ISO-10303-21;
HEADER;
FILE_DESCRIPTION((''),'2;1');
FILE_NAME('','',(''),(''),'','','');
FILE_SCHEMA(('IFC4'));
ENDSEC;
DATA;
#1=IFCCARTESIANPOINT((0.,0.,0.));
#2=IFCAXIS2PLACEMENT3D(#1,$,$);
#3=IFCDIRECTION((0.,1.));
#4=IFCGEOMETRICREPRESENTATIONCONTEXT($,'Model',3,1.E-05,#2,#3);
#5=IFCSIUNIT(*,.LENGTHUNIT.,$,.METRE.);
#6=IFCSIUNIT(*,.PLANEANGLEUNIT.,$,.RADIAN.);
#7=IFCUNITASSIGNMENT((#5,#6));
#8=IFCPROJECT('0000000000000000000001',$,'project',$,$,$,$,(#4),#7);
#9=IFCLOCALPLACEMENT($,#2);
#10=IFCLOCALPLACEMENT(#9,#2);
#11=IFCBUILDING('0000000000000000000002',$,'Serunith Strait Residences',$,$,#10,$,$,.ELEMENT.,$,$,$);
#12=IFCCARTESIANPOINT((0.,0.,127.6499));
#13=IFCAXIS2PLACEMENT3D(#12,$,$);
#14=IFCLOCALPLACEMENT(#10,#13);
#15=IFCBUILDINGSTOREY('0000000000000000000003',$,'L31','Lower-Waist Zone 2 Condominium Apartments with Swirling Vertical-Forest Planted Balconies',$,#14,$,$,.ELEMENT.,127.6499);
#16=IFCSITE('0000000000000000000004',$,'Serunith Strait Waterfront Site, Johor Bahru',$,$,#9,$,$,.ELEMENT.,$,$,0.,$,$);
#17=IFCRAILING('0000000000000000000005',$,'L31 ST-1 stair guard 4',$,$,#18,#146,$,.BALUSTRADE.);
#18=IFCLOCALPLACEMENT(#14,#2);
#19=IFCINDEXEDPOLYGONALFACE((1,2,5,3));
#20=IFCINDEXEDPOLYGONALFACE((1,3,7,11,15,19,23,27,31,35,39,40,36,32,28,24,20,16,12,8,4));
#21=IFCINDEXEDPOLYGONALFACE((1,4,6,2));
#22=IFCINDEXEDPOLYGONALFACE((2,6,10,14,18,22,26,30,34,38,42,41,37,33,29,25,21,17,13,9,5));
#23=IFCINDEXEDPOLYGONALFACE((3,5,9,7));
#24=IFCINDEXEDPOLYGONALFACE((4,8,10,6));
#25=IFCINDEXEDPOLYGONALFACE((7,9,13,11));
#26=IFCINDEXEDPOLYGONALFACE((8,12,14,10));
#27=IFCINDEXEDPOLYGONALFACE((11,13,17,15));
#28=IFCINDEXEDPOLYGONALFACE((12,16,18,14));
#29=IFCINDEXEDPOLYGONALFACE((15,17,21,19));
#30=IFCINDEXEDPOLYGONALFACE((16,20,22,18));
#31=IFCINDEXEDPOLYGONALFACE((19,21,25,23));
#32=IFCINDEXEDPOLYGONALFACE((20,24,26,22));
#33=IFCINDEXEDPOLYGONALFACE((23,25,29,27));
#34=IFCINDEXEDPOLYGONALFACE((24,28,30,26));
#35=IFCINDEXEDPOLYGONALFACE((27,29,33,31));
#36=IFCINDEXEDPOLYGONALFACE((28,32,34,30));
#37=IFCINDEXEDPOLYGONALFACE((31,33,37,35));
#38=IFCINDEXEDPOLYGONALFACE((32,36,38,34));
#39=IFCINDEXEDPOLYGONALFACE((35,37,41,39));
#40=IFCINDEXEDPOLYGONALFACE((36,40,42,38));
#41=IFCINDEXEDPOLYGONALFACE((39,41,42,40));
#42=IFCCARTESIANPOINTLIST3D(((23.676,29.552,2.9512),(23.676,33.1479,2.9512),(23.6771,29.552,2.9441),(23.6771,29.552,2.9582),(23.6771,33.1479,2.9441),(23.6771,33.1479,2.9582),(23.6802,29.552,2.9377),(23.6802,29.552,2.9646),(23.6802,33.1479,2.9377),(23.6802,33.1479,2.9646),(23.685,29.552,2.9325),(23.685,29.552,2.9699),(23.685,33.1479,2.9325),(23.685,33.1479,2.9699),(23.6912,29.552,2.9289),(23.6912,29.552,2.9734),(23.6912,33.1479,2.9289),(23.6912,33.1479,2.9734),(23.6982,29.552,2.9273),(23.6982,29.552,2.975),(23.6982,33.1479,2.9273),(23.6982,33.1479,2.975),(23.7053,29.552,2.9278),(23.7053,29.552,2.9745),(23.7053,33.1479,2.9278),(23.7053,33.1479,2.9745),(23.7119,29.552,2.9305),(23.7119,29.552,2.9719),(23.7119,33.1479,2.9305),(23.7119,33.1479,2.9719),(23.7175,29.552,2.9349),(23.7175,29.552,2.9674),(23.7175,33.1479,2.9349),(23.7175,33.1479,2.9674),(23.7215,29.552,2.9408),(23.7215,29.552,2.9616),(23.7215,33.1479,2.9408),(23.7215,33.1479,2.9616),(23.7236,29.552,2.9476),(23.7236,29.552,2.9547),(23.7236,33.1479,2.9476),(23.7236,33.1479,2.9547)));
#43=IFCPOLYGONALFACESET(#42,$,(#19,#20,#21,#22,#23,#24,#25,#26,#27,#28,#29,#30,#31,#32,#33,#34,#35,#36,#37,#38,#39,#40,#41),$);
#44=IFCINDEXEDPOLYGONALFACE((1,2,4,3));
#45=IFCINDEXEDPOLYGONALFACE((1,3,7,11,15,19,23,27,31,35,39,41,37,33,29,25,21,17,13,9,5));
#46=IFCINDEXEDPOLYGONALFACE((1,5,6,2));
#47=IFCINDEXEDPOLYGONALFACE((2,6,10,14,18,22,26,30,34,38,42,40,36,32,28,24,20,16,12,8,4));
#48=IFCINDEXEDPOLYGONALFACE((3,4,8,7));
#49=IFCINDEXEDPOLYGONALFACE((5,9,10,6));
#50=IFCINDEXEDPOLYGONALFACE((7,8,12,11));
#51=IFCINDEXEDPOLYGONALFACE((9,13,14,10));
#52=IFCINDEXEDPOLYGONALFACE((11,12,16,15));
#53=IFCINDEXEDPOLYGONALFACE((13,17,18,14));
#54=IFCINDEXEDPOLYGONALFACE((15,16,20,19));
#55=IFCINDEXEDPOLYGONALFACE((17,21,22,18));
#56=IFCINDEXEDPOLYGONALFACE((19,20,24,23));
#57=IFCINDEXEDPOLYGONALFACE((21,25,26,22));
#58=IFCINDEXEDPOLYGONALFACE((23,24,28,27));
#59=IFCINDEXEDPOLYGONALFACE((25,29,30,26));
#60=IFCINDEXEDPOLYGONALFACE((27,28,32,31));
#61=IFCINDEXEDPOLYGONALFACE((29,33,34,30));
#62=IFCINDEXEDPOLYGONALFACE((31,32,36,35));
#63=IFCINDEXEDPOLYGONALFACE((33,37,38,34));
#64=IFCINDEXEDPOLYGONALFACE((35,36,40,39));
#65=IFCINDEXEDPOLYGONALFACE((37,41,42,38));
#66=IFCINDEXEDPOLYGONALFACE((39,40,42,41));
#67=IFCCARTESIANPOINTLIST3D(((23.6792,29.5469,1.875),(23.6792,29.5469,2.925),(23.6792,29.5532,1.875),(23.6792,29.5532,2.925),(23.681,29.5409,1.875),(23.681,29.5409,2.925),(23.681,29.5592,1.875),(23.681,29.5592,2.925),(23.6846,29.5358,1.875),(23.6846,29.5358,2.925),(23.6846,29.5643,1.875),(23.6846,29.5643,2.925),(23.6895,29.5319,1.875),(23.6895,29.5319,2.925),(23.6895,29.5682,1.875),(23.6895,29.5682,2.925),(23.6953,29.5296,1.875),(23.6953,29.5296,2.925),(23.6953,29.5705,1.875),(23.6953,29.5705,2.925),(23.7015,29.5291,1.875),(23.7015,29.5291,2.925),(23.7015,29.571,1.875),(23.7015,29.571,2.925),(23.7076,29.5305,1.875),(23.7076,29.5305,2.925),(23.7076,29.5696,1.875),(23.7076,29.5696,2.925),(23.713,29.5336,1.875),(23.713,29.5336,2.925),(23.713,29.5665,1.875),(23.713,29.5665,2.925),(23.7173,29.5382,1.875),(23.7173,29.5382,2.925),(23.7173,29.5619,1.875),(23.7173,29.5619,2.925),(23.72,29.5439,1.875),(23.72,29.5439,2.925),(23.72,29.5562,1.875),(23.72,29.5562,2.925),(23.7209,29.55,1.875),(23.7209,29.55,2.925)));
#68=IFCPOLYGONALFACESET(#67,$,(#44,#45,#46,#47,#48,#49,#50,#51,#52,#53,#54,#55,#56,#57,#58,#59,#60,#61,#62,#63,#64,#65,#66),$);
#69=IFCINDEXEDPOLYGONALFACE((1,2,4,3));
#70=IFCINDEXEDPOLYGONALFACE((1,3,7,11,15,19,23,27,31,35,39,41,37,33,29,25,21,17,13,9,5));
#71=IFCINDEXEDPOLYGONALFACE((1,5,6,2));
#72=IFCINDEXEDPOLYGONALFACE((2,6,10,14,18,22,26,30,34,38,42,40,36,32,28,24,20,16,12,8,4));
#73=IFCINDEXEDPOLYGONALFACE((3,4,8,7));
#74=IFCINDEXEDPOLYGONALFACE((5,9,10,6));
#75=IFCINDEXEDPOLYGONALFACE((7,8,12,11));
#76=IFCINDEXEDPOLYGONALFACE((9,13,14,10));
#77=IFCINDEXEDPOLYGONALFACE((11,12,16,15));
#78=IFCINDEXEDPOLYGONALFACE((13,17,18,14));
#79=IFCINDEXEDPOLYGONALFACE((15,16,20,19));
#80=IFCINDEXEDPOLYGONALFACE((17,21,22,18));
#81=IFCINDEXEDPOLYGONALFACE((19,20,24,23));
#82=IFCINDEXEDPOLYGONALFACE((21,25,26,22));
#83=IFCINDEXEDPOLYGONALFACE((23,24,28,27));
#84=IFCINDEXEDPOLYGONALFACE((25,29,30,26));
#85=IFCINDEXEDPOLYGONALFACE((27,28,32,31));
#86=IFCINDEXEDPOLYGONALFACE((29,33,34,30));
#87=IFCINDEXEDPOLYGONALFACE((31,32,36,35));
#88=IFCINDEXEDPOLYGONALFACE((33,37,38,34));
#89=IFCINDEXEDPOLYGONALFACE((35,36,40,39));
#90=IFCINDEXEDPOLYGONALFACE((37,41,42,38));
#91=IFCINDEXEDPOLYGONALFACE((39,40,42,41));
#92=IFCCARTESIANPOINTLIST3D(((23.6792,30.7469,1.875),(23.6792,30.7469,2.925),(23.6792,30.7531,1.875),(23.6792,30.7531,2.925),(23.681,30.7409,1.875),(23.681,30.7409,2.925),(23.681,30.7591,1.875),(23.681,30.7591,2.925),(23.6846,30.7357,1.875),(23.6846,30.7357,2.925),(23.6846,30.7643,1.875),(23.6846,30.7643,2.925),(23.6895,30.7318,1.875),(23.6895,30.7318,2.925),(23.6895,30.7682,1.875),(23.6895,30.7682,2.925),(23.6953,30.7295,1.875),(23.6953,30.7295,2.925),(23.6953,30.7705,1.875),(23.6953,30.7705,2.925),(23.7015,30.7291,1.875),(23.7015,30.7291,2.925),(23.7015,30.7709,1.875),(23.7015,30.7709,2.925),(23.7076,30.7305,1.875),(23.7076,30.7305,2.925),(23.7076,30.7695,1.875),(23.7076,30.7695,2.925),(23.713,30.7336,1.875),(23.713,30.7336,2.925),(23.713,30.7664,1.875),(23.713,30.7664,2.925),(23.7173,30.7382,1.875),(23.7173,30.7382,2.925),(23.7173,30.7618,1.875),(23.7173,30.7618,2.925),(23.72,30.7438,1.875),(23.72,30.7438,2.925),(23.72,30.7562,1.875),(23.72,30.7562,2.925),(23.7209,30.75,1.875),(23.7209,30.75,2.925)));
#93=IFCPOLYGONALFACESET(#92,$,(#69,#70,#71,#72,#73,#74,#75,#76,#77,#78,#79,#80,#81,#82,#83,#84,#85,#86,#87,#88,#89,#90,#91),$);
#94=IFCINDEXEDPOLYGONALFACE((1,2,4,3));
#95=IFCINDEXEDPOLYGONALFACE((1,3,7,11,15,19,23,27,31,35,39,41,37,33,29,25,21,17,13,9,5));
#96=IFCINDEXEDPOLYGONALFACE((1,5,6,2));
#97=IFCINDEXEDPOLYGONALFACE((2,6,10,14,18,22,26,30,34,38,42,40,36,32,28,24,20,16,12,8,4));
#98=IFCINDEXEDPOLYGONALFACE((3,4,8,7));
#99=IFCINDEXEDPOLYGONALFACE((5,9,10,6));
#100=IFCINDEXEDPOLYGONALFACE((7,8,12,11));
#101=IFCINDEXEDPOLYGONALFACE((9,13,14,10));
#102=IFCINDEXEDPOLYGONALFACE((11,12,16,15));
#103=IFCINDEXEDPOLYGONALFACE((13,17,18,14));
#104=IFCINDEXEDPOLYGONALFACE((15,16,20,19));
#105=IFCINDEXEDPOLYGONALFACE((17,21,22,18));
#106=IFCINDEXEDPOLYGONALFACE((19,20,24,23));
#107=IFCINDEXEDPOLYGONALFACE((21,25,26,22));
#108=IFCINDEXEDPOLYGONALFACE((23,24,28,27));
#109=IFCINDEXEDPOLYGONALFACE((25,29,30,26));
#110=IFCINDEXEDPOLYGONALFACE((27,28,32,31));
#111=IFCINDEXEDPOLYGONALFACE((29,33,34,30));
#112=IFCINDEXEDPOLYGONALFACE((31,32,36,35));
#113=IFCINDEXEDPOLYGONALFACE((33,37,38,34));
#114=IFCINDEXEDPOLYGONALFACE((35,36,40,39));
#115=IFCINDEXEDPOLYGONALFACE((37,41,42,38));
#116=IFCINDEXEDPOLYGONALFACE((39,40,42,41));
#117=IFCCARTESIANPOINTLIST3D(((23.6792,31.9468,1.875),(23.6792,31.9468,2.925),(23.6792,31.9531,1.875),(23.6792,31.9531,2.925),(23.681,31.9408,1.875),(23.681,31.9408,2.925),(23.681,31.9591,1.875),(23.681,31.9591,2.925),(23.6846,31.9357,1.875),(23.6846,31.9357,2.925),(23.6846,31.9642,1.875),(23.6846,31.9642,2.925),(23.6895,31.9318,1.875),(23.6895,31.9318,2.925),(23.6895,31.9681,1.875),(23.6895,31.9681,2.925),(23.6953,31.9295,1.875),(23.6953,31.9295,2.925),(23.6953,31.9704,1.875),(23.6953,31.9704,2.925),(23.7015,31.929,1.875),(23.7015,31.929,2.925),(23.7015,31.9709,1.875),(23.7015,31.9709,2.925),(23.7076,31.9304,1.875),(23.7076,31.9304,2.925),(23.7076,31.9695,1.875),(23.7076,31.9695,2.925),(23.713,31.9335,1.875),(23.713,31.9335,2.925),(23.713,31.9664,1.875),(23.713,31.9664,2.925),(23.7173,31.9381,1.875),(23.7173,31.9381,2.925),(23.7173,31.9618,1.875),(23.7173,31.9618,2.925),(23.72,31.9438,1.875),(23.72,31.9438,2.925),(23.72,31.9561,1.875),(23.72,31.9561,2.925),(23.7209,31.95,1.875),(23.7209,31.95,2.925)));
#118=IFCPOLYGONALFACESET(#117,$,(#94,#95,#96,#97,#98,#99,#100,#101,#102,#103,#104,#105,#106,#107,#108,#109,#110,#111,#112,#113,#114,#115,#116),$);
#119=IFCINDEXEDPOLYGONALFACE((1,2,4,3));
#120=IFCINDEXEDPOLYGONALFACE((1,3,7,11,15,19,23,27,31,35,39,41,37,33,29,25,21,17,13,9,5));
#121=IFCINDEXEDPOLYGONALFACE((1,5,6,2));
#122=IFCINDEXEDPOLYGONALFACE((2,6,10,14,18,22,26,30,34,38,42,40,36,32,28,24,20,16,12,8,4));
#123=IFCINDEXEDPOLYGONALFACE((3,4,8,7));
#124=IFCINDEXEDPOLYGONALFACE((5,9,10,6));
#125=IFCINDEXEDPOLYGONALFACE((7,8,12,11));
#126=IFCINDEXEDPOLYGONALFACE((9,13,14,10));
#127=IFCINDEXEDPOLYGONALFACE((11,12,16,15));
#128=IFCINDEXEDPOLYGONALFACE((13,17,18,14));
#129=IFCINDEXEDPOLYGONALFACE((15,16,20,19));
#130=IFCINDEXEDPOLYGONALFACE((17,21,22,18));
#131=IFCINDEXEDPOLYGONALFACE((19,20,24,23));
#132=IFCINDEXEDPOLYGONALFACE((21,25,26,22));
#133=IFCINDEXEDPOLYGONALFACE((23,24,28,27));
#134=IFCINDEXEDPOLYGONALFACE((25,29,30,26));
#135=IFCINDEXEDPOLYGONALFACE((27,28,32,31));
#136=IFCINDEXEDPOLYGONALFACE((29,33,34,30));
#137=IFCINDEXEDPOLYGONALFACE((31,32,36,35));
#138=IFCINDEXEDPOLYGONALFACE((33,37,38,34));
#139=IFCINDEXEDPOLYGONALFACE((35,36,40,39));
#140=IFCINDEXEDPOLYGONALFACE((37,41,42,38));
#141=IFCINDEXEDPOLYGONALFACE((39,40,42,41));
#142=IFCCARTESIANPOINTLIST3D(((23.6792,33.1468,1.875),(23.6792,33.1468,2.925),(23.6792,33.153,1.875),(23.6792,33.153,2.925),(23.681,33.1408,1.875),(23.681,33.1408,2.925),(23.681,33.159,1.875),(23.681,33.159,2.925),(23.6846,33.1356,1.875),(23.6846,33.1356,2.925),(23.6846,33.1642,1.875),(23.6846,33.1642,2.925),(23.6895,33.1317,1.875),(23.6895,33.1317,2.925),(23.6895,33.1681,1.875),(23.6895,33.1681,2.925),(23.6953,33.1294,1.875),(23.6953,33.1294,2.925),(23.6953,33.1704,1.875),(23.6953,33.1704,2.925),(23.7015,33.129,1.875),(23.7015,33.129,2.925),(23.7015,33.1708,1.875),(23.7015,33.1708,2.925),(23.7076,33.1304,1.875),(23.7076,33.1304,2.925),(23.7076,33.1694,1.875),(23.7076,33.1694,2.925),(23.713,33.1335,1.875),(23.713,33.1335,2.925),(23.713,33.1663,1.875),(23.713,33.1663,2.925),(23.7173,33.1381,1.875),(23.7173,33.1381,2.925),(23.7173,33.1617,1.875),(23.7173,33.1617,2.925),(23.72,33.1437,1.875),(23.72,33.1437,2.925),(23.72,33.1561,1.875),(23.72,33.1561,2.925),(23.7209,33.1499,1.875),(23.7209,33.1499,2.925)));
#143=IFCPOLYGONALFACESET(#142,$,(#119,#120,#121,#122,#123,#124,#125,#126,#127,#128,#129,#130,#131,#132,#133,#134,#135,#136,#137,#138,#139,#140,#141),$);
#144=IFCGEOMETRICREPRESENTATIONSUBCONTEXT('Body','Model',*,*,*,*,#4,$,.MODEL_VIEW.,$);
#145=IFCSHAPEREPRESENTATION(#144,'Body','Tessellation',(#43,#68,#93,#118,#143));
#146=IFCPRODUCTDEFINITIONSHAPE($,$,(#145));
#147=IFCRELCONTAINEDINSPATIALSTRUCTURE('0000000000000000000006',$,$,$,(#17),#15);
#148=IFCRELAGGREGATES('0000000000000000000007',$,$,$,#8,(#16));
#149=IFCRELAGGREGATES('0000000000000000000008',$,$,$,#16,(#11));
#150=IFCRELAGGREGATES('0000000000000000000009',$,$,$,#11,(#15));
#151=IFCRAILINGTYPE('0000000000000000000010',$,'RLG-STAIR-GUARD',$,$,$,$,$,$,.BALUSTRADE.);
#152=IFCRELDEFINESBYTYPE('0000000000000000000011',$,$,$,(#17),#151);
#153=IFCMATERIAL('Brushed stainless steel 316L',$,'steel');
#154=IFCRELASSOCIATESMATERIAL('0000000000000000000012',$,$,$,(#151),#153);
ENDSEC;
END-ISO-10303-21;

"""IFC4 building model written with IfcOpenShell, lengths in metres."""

from ifc_helpers import new_model, si_unit, direction, frame, origin, origin_2d, place, context, subcontext, project, spatial, circle, extrude, material, type_object, element, save


model = new_model("IFC4")

# Units and contexts
model_context = context("Model", 3, precision=1e-05, world=origin(), true_north=direction((0.0, 1.0)))
body_context = subcontext(model_context, "Body", "Model", "MODEL_VIEW")
ifc_project = project(units=[si_unit("LENGTHUNIT", "METRE"), si_unit("PLANEANGLEUNIT", "RADIAN")], contexts=[model_context])

# Site, building, storey
site_placement = place(None, origin())
site = spatial("IfcSite", under=ifc_project, at=site_placement, Name="Serunith Strait Waterfront Site, Johor Bahru", CompositionType="ELEMENT", RefElevation=0.0)
building_placement = place(site_placement, origin())
building = spatial("IfcBuilding", under=site, at=building_placement, Name="Serunith Strait Residences", CompositionType="ELEMENT")
storey_placement = place(building_placement, frame((0.0, 0.0, 127.6499)))
storey = spatial("IfcBuildingStorey", under=building, at=storey_placement, Name="L31", Description="Lower-Waist Zone 2 Condominium Apartments with Swirling Vertical-Forest Planted Balconies", CompositionType="ELEMENT", Elevation=127.6499)

# Railing
ifc_material_1 = material(Name="Brushed stainless steel 316L", Category="steel")
railing_type_1 = type_object("IfcRailingType", Name="RLG-STAIR-GUARD", PredefinedType="BALUSTRADE", material=ifc_material_1)
for number, where, name in (
    (1, (23.7, 29.55, 1.875), "L31 ST-1 stair guard 4"),
):
    element("IfcRailing", number, at=place(storey_placement, frame(where)), inside=storey, type_object=railing_type_1, Name=name, PredefinedType="BALUSTRADE", context=body_context, shape_type="SweptSolid", body=[
        extrude(circle(Radius=0.0239, at=origin_2d()), frame((0.0, 0.002, 1.0762), z_axis=(0.0, 1.0, 0.0), x_axis=(-1.0, 0.0, 0.0)), (0.0, 0.0, 1.0), 3.5959),
        extrude(circle(Radius=0.021, at=origin_2d()), origin(), (0.0, 0.0, 1.0), 1.05),
        extrude(circle(Radius=0.021, at=origin_2d()), frame((0.0, 1.2, 0.0)), (0.0, 0.0, 1.0), 1.05),
        extrude(circle(Radius=0.021, at=origin_2d()), frame((0.0, 2.3999, 0.0)), (0.0, 0.0, 1.0), 1.05),
        extrude(circle(Radius=0.021, at=origin_2d()), frame((0.0, 3.5999, 0.0)), (0.0, 0.0, 1.0), 1.05),
    ])

save(model, "model.ifc")
